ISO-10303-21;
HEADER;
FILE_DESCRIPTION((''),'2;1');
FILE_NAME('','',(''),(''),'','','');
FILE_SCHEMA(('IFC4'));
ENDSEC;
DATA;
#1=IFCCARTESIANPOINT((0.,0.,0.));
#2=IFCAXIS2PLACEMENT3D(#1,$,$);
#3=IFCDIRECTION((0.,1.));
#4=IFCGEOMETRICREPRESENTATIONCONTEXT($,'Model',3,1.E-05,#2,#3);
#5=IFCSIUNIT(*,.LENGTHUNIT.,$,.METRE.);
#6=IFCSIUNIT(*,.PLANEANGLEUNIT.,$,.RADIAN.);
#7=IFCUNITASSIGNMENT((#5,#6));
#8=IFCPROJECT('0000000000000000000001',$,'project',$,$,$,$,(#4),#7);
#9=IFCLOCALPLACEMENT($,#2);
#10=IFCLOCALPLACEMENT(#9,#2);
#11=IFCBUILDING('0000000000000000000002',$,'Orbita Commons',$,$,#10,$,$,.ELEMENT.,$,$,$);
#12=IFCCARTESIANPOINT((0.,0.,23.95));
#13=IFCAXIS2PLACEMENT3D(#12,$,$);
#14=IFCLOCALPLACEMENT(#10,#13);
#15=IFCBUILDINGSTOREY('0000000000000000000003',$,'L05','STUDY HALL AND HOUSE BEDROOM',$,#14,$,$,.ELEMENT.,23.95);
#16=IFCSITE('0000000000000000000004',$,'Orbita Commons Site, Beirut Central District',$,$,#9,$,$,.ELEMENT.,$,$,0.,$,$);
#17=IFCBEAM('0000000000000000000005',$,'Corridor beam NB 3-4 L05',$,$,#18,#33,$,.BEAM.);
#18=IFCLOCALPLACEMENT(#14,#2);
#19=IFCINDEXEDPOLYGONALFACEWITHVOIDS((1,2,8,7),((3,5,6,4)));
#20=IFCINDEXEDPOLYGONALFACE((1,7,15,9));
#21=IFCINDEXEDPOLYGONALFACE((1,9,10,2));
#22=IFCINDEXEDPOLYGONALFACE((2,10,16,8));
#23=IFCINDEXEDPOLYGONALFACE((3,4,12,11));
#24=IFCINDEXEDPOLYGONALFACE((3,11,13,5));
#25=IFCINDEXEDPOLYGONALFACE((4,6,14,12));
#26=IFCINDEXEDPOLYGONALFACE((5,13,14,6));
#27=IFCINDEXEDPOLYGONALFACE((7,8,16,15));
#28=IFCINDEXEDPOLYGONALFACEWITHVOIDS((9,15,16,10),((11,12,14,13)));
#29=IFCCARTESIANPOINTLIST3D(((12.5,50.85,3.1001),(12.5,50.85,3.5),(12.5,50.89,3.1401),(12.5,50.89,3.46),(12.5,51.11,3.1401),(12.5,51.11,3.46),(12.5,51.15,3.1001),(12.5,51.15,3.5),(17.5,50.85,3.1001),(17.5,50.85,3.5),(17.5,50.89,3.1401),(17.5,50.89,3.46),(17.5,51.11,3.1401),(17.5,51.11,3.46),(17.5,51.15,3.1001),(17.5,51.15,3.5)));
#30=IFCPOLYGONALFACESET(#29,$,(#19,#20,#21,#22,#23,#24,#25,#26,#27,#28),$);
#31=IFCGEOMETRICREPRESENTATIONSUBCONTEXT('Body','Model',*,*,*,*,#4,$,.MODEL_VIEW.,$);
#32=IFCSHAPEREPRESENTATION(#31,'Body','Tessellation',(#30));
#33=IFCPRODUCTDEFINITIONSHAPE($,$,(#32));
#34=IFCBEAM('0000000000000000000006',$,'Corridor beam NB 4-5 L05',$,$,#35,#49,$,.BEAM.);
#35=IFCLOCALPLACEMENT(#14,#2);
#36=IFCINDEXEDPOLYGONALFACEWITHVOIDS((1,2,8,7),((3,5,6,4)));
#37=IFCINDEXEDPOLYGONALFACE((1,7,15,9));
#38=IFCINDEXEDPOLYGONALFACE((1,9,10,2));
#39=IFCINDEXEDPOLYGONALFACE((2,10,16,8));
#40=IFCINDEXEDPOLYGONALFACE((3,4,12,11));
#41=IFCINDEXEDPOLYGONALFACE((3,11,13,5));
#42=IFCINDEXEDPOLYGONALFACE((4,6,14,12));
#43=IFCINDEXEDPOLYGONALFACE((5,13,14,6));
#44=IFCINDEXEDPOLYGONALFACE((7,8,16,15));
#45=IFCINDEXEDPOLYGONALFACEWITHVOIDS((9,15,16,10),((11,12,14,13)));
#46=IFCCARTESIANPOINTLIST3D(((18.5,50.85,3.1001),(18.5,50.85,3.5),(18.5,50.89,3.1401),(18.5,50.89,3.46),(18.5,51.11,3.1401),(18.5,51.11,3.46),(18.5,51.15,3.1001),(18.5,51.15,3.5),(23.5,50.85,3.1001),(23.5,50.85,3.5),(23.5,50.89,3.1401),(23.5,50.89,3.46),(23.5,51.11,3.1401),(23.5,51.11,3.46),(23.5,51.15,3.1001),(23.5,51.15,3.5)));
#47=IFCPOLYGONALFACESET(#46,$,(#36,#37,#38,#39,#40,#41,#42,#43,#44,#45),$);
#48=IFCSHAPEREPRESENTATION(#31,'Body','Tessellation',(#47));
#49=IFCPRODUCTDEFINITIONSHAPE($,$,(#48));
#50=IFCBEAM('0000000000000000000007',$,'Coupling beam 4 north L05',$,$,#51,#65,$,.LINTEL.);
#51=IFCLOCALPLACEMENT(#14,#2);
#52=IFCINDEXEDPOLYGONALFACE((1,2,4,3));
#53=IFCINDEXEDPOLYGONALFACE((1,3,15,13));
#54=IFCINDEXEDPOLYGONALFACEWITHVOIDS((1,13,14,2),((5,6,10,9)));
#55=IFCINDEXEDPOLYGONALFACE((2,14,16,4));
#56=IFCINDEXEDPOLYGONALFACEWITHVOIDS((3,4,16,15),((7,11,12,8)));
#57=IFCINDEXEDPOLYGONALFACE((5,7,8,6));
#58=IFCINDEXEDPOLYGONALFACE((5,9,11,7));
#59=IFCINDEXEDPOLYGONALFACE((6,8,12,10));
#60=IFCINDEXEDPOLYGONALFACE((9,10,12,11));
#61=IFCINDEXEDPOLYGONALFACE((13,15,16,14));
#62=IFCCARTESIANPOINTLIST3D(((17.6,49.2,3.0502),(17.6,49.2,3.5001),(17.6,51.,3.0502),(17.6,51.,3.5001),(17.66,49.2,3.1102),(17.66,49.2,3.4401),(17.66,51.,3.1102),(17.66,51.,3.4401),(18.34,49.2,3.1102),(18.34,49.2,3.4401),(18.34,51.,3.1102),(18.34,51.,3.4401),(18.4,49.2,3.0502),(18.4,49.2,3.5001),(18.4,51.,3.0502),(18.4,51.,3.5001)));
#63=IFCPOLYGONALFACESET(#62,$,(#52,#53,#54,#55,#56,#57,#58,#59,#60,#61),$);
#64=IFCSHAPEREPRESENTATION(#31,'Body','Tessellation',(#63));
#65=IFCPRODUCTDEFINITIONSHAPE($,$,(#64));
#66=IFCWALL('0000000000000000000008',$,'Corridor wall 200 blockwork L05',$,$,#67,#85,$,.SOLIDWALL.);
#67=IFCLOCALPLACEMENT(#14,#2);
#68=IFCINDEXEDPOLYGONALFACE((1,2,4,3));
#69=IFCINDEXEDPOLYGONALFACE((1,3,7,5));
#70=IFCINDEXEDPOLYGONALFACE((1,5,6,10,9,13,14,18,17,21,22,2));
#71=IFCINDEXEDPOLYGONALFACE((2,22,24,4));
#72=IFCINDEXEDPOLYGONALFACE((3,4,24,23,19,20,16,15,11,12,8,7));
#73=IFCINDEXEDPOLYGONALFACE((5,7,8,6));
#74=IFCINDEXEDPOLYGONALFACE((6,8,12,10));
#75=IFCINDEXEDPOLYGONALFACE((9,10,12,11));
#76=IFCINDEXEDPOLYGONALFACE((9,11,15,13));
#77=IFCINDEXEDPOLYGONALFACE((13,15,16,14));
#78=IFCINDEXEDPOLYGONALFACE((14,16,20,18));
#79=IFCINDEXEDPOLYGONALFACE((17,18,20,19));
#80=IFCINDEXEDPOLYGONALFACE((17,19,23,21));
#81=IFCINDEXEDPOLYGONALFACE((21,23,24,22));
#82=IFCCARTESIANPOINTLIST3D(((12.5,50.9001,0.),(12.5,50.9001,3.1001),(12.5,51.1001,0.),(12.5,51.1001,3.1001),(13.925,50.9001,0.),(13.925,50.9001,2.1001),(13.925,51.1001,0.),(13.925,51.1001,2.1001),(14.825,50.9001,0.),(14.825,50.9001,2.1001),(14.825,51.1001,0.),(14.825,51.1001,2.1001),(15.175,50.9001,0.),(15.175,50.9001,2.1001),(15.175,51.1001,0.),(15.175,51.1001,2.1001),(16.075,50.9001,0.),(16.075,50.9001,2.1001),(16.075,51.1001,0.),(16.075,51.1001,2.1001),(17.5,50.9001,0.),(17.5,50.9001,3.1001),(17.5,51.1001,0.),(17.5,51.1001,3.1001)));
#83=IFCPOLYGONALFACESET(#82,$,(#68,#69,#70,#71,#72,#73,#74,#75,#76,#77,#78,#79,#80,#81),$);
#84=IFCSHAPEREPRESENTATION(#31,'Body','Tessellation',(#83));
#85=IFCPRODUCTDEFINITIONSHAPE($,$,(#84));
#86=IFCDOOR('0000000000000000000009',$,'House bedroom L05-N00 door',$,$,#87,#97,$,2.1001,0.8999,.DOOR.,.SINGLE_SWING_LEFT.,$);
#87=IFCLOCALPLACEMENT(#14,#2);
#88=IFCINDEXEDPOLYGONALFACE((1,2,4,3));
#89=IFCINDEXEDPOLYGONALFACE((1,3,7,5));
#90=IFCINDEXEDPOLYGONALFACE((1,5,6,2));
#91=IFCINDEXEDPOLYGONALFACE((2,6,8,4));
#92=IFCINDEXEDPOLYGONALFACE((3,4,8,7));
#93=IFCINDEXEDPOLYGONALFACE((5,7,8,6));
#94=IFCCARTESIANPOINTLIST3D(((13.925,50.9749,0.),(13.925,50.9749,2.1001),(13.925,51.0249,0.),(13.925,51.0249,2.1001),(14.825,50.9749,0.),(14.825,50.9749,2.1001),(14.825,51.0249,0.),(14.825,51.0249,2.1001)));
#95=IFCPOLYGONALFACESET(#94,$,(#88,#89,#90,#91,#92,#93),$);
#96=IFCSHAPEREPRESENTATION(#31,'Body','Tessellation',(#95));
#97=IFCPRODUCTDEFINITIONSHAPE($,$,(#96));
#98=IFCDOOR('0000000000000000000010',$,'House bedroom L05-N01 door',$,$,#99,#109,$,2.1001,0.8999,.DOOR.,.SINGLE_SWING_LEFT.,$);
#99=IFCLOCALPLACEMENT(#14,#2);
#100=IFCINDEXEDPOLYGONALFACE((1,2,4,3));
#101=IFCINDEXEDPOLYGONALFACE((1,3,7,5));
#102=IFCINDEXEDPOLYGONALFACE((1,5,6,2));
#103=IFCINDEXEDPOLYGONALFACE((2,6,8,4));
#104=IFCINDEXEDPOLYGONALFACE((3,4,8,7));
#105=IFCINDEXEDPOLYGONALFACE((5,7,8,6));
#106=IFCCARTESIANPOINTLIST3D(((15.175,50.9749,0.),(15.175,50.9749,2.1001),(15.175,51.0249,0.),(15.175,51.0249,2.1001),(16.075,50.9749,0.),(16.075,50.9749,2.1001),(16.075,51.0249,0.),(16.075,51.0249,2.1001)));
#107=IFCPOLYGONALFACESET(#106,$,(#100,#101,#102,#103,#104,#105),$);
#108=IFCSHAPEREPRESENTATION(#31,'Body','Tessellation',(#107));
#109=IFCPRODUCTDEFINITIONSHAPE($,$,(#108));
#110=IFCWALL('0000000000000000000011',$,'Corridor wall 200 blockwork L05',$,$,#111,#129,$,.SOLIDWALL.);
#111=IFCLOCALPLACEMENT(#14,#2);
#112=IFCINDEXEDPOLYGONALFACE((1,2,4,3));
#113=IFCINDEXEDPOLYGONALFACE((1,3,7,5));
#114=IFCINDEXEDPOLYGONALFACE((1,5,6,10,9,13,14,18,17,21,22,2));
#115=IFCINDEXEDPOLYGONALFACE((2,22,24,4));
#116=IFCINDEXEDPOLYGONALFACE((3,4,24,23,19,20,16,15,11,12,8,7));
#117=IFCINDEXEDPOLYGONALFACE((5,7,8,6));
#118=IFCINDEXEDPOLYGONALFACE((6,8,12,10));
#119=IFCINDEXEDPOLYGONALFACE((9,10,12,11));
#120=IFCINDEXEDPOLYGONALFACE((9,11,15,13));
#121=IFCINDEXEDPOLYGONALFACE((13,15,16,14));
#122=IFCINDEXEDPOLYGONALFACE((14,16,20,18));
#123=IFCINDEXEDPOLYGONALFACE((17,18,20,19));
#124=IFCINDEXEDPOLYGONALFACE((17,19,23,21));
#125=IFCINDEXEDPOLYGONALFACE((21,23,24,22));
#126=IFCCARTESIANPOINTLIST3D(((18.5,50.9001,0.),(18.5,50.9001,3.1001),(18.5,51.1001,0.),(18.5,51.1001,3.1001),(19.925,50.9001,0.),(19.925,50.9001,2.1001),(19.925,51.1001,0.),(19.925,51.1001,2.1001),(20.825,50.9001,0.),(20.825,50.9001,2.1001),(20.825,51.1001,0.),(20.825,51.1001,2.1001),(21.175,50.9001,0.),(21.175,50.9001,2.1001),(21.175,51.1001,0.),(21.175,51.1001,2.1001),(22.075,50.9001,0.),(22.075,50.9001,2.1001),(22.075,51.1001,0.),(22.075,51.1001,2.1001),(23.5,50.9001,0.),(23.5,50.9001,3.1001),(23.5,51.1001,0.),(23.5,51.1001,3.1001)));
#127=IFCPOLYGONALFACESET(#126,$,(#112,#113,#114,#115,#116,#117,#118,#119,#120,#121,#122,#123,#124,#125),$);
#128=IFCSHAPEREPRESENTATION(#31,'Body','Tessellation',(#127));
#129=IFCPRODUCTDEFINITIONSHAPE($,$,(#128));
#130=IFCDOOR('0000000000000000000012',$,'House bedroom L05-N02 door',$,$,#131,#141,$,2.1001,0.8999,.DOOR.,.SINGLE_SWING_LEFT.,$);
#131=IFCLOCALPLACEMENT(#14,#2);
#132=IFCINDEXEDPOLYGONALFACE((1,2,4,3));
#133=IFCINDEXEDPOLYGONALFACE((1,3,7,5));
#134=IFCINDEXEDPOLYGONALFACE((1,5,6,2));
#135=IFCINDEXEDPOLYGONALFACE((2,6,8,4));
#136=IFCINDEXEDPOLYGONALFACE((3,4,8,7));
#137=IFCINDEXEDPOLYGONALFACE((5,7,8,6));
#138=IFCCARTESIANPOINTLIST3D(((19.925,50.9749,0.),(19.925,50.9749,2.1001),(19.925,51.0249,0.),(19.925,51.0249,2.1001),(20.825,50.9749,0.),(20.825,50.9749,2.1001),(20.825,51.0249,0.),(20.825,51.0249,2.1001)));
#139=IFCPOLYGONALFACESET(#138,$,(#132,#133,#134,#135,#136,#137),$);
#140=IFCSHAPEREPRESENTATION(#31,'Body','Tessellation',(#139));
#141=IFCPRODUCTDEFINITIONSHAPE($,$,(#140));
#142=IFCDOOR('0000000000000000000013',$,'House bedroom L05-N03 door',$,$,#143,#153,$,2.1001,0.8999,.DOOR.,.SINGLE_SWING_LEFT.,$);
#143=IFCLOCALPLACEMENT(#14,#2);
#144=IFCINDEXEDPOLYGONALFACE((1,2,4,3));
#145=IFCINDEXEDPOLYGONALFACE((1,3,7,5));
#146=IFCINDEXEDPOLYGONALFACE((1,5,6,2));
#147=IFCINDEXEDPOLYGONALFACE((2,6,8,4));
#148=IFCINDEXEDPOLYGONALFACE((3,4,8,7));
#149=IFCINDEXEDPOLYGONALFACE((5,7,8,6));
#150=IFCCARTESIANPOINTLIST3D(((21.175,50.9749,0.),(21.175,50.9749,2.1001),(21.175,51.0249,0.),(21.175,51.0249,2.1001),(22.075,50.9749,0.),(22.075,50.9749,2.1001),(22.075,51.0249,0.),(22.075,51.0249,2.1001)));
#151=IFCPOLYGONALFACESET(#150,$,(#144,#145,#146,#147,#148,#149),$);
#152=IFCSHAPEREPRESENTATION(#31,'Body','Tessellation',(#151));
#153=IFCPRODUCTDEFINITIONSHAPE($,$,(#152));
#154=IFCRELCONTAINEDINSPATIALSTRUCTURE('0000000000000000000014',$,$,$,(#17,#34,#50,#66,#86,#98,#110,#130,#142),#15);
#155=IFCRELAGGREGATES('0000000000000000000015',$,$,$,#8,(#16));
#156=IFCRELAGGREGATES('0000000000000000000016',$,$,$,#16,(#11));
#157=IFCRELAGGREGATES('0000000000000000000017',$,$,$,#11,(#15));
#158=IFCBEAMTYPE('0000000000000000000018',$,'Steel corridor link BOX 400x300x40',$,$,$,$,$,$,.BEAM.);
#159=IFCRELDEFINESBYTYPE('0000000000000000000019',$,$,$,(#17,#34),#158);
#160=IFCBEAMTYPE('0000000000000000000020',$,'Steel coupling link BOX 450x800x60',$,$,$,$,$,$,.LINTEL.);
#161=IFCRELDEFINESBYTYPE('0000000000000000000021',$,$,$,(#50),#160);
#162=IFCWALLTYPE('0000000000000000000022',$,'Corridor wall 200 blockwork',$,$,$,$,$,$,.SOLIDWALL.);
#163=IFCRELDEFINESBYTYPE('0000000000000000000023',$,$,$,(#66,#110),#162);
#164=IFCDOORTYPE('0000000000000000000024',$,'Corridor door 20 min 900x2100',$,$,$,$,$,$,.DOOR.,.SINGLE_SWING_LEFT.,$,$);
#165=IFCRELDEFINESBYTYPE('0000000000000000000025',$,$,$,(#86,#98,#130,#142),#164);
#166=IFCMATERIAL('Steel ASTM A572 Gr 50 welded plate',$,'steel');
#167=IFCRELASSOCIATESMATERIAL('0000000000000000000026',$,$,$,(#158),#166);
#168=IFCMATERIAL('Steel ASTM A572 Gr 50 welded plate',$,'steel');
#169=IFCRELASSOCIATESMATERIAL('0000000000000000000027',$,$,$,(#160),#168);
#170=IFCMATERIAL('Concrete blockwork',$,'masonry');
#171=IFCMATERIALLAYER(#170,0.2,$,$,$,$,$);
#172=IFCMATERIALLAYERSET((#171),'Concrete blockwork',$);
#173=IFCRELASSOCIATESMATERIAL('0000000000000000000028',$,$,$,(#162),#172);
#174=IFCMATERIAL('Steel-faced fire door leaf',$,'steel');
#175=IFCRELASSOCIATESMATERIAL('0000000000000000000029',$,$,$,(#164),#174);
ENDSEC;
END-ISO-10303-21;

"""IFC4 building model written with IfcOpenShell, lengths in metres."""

from ifc_helpers import new_model, si_unit, direction, frame, frame_2d, origin, origin_2d, place, context, subcontext, project, spatial, polyline, rectangle, hollow_rectangle, outline, extrude, material, layer, layer_set, material_profile, profile_set, type_object, element, fill, save


model = new_model("IFC4")

# Units and contexts
model_context = context("Model", 3, precision=1e-05, world=origin(), true_north=direction((0.0, 1.0)))
body_context = subcontext(model_context, "Body", "Model", "MODEL_VIEW")
ifc_project = project(units=[si_unit("LENGTHUNIT", "METRE"), si_unit("PLANEANGLEUNIT", "RADIAN")], contexts=[model_context])

# Site, building, storey
site_placement = place(None, origin())
site = spatial("IfcSite", under=ifc_project, at=site_placement, Name="Orbita Commons Site, Beirut Central District", CompositionType="ELEMENT", RefElevation=0.0)
building_placement = place(site_placement, origin())
building = spatial("IfcBuilding", under=site, at=building_placement, Name="Orbita Commons", CompositionType="ELEMENT")
storey_placement = place(building_placement, frame((0.0, 0.0, 23.95)))
storey = spatial("IfcBuildingStorey", under=building, at=storey_placement, Name="L05", Description="STUDY HALL AND HOUSE BEDROOM", CompositionType="ELEMENT", Elevation=23.95)

# Beams
ifc_material_1 = material(Name="Steel ASTM A572 Gr 50 welded plate", Category="steel")
ifc_material_profile_1 = material_profile(ifc_material_1, hollow_rectangle(XDim=0.3, YDim=0.3999, WallThickness=0.04, at=origin_2d()), Name="BOX 400x300x40")
ifc_profile_set_1 = profile_set([ifc_material_profile_1], Name="Steel ASTM A572 Gr 50 welded plate")
beam_type_1 = type_object("IfcBeamType", Name="Steel corridor link BOX 400x300x40", PredefinedType="BEAM", material=ifc_profile_set_1)
for number, where, z_axis, x_axis, name in (
    (1, (12.5, 51.0, 3.3), (1.0, 0.0, 0.0), (0.0, 1.0, 0.0), "Corridor beam NB 3-4 L05"),
    (2, (18.5, 51.0, 3.3), (1.0, 0.0, 0.0), (0.0, 1.0, 0.0), "Corridor beam NB 4-5 L05"),
):
    element("IfcBeam", number, at=place(storey_placement, frame(where, z_axis=z_axis, x_axis=x_axis)), inside=storey, type_object=beam_type_1, Name=name, PredefinedType="BEAM", context=body_context, shape_type="SweptSolid", body=[
        extrude(hollow_rectangle(XDim=0.3, YDim=0.3999, WallThickness=0.04, at=origin_2d()), origin(), (0.0, 0.0, 1.0), 5.0),
    ])
ifc_material_2 = material(Name="Steel ASTM A572 Gr 50 welded plate", Category="steel")
ifc_material_profile_2 = material_profile(ifc_material_2, hollow_rectangle(XDim=0.8, YDim=0.45, WallThickness=0.0601, at=origin_2d()), Name="BOX 450x800x60")
ifc_profile_set_2 = profile_set([ifc_material_profile_2], Name="Steel ASTM A572 Gr 50 welded plate")
beam_type_2 = type_object("IfcBeamType", Name="Steel coupling link BOX 450x800x60", PredefinedType="LINTEL", material=ifc_profile_set_2)
beam_placement = place(storey_placement, frame((18.0, 49.2, 3.2751), z_axis=(0.0, 1.0, 0.0), x_axis=(-1.0, 0.0, 0.0)))
element("IfcBeam", 3, at=beam_placement, inside=storey, type_object=beam_type_2, Name="Coupling beam 4 north L05", PredefinedType="LINTEL", context=body_context, shape_type="SweptSolid", body=[
    extrude(hollow_rectangle(XDim=0.8, YDim=0.45, WallThickness=0.0601, at=origin_2d()), origin(), (0.0, 0.0, 1.0), 1.8),
])

# Walls, openings, doors
ifc_material_3 = material(Name="Concrete blockwork", Category="masonry")
ifc_layer_1 = layer(ifc_material_3, 0.2)
ifc_layer_set_1 = layer_set([ifc_layer_1], Name="Concrete blockwork")
wall_type_1 = type_object("IfcWallType", Name="Corridor wall 200 blockwork", PredefinedType="SOLIDWALL", material=ifc_layer_set_1)
wall_1_placement = place(storey_placement, frame((12.5, 51.0, 0.0), z_axis=(0.0, 0.0, 1.0), x_axis=(1.0, 0.0, 0.0)))
wall_1 = element("IfcWall", 4, at=wall_1_placement, inside=storey, type_object=wall_type_1, Name="Corridor wall 200 blockwork L05", PredefinedType="SOLIDWALL", context=body_context, shape_type="SweptSolid", body=[
    extrude(outline(polyline([(0.0, 0.0), (5.0, 0.0), (5.0, 3.1001), (0.0, 3.1001), (0.0, 0.0)])), frame((0.0, 0.1001, 0.0), z_axis=(0.0, -1.0, 0.0), x_axis=(1.0, 0.0, 0.0)), (0.0, 0.0, 1.0), 0.2),
])
opening_1_placement = place(wall_1_placement, frame((1.425, 0.0, 0.0)))
opening_1 = element("IfcOpeningElement", 5, at=opening_1_placement, cuts=wall_1, PredefinedType="OPENING", context=body_context, shape_type="SweptSolid", body=[
    extrude(rectangle(XDim=0.8999, YDim=2.1001, at=frame_2d((0.45, 1.05))), frame((0.0, 0.1099, 0.0), z_axis=(0.0, -1.0, 0.0), x_axis=(1.0, 0.0, 0.0)), (0.0, 0.0, 1.0), 0.22),
])
opening_2_placement = place(wall_1_placement, frame((2.675, 0.0, 0.0)))
opening_2 = element("IfcOpeningElement", 6, at=opening_2_placement, cuts=wall_1, PredefinedType="OPENING", context=body_context, shape_type="SweptSolid", body=[
    extrude(rectangle(XDim=0.8999, YDim=2.1001, at=frame_2d((0.45, 1.05))), frame((0.0, 0.1099, 0.0), z_axis=(0.0, -1.0, 0.0), x_axis=(1.0, 0.0, 0.0)), (0.0, 0.0, 1.0), 0.22),
])
ifc_material_4 = material(Name="Steel-faced fire door leaf", Category="steel")
door_type_1 = type_object("IfcDoorType", Name="Corridor door 20 min 900x2100", OperationType="SINGLE_SWING_LEFT", PredefinedType="DOOR", material=ifc_material_4)
door_1_placement = place(opening_1_placement, origin())
door_1 = element("IfcDoor", 7, at=door_1_placement, inside=storey, type_object=door_type_1, Name="House bedroom L05-N00 door", OperationType="SINGLE_SWING_LEFT", OverallHeight=2.1001, OverallWidth=0.8999, PredefinedType="DOOR", context=body_context, shape_type="SweptSolid", body=[
    extrude(rectangle(XDim=0.8999, YDim=2.1001, at=frame_2d((0.45, 1.05))), frame((0.0, 0.0249, 0.0), z_axis=(0.0, -1.0, 0.0), x_axis=(1.0, 0.0, 0.0)), (0.0, 0.0, 1.0), 0.05),
])
fill(opening_1, door_1)
door_2_placement = place(opening_2_placement, origin())
door_2 = element("IfcDoor", 8, at=door_2_placement, inside=storey, type_object=door_type_1, Name="House bedroom L05-N01 door", OperationType="SINGLE_SWING_LEFT", OverallHeight=2.1001, OverallWidth=0.8999, PredefinedType="DOOR", context=body_context, shape_type="SweptSolid", body=[
    extrude(rectangle(XDim=0.8999, YDim=2.1001, at=frame_2d((0.45, 1.05))), frame((0.0, 0.0249, 0.0), z_axis=(0.0, -1.0, 0.0), x_axis=(1.0, 0.0, 0.0)), (0.0, 0.0, 1.0), 0.05),
])
fill(opening_2, door_2)
wall_2_placement = place(storey_placement, frame((18.5, 51.0, 0.0), z_axis=(0.0, 0.0, 1.0), x_axis=(1.0, 0.0, 0.0)))
wall_2 = element("IfcWall", 9, at=wall_2_placement, inside=storey, type_object=wall_type_1, Name="Corridor wall 200 blockwork L05", PredefinedType="SOLIDWALL", context=body_context, shape_type="SweptSolid", body=[
    extrude(outline(polyline([(0.0, 0.0), (5.0, 0.0), (5.0, 3.1001), (0.0, 3.1001), (0.0, 0.0)])), frame((0.0, 0.1001, 0.0), z_axis=(0.0, -1.0, 0.0), x_axis=(1.0, 0.0, 0.0)), (0.0, 0.0, 1.0), 0.2),
])
opening_3_placement = place(wall_2_placement, frame((1.425, 0.0, 0.0)))
opening_3 = element("IfcOpeningElement", 10, at=opening_3_placement, cuts=wall_2, PredefinedType="OPENING", context=body_context, shape_type="SweptSolid", body=[
    extrude(rectangle(XDim=0.8999, YDim=2.1001, at=frame_2d((0.45, 1.05))), frame((0.0, 0.1099, 0.0), z_axis=(0.0, -1.0, 0.0), x_axis=(1.0, 0.0, 0.0)), (0.0, 0.0, 1.0), 0.22),
])
opening_4_placement = place(wall_2_placement, frame((2.675, 0.0, 0.0)))
opening_4 = element("IfcOpeningElement", 11, at=opening_4_placement, cuts=wall_2, PredefinedType="OPENING", context=body_context, shape_type="SweptSolid", body=[
    extrude(rectangle(XDim=0.8999, YDim=2.1001, at=frame_2d((0.45, 1.05))), frame((0.0, 0.1099, 0.0), z_axis=(0.0, -1.0, 0.0), x_axis=(1.0, 0.0, 0.0)), (0.0, 0.0, 1.0), 0.22),
])
door_3_placement = place(opening_3_placement, origin())
door_3 = element("IfcDoor", 12, at=door_3_placement, inside=storey, type_object=door_type_1, Name="House bedroom L05-N02 door", OperationType="SINGLE_SWING_LEFT", OverallHeight=2.1001, OverallWidth=0.8999, PredefinedType="DOOR", context=body_context, shape_type="SweptSolid", body=[
    extrude(rectangle(XDim=0.8999, YDim=2.1001, at=frame_2d((0.45, 1.05))), frame((0.0, 0.0249, 0.0), z_axis=(0.0, -1.0, 0.0), x_axis=(1.0, 0.0, 0.0)), (0.0, 0.0, 1.0), 0.05),
])
fill(opening_3, door_3)
door_4_placement = place(opening_4_placement, origin())
door_4 = element("IfcDoor", 13, at=door_4_placement, inside=storey, type_object=door_type_1, Name="House bedroom L05-N03 door", OperationType="SINGLE_SWING_LEFT", OverallHeight=2.1001, OverallWidth=0.8999, PredefinedType="DOOR", context=body_context, shape_type="SweptSolid", body=[
    extrude(rectangle(XDim=0.8999, YDim=2.1001, at=frame_2d((0.45, 1.05))), frame((0.0, 0.0249, 0.0), z_axis=(0.0, -1.0, 0.0), x_axis=(1.0, 0.0, 0.0)), (0.0, 0.0, 1.0), 0.05),
])
fill(opening_4, door_4)

save(model, "model.ifc")
